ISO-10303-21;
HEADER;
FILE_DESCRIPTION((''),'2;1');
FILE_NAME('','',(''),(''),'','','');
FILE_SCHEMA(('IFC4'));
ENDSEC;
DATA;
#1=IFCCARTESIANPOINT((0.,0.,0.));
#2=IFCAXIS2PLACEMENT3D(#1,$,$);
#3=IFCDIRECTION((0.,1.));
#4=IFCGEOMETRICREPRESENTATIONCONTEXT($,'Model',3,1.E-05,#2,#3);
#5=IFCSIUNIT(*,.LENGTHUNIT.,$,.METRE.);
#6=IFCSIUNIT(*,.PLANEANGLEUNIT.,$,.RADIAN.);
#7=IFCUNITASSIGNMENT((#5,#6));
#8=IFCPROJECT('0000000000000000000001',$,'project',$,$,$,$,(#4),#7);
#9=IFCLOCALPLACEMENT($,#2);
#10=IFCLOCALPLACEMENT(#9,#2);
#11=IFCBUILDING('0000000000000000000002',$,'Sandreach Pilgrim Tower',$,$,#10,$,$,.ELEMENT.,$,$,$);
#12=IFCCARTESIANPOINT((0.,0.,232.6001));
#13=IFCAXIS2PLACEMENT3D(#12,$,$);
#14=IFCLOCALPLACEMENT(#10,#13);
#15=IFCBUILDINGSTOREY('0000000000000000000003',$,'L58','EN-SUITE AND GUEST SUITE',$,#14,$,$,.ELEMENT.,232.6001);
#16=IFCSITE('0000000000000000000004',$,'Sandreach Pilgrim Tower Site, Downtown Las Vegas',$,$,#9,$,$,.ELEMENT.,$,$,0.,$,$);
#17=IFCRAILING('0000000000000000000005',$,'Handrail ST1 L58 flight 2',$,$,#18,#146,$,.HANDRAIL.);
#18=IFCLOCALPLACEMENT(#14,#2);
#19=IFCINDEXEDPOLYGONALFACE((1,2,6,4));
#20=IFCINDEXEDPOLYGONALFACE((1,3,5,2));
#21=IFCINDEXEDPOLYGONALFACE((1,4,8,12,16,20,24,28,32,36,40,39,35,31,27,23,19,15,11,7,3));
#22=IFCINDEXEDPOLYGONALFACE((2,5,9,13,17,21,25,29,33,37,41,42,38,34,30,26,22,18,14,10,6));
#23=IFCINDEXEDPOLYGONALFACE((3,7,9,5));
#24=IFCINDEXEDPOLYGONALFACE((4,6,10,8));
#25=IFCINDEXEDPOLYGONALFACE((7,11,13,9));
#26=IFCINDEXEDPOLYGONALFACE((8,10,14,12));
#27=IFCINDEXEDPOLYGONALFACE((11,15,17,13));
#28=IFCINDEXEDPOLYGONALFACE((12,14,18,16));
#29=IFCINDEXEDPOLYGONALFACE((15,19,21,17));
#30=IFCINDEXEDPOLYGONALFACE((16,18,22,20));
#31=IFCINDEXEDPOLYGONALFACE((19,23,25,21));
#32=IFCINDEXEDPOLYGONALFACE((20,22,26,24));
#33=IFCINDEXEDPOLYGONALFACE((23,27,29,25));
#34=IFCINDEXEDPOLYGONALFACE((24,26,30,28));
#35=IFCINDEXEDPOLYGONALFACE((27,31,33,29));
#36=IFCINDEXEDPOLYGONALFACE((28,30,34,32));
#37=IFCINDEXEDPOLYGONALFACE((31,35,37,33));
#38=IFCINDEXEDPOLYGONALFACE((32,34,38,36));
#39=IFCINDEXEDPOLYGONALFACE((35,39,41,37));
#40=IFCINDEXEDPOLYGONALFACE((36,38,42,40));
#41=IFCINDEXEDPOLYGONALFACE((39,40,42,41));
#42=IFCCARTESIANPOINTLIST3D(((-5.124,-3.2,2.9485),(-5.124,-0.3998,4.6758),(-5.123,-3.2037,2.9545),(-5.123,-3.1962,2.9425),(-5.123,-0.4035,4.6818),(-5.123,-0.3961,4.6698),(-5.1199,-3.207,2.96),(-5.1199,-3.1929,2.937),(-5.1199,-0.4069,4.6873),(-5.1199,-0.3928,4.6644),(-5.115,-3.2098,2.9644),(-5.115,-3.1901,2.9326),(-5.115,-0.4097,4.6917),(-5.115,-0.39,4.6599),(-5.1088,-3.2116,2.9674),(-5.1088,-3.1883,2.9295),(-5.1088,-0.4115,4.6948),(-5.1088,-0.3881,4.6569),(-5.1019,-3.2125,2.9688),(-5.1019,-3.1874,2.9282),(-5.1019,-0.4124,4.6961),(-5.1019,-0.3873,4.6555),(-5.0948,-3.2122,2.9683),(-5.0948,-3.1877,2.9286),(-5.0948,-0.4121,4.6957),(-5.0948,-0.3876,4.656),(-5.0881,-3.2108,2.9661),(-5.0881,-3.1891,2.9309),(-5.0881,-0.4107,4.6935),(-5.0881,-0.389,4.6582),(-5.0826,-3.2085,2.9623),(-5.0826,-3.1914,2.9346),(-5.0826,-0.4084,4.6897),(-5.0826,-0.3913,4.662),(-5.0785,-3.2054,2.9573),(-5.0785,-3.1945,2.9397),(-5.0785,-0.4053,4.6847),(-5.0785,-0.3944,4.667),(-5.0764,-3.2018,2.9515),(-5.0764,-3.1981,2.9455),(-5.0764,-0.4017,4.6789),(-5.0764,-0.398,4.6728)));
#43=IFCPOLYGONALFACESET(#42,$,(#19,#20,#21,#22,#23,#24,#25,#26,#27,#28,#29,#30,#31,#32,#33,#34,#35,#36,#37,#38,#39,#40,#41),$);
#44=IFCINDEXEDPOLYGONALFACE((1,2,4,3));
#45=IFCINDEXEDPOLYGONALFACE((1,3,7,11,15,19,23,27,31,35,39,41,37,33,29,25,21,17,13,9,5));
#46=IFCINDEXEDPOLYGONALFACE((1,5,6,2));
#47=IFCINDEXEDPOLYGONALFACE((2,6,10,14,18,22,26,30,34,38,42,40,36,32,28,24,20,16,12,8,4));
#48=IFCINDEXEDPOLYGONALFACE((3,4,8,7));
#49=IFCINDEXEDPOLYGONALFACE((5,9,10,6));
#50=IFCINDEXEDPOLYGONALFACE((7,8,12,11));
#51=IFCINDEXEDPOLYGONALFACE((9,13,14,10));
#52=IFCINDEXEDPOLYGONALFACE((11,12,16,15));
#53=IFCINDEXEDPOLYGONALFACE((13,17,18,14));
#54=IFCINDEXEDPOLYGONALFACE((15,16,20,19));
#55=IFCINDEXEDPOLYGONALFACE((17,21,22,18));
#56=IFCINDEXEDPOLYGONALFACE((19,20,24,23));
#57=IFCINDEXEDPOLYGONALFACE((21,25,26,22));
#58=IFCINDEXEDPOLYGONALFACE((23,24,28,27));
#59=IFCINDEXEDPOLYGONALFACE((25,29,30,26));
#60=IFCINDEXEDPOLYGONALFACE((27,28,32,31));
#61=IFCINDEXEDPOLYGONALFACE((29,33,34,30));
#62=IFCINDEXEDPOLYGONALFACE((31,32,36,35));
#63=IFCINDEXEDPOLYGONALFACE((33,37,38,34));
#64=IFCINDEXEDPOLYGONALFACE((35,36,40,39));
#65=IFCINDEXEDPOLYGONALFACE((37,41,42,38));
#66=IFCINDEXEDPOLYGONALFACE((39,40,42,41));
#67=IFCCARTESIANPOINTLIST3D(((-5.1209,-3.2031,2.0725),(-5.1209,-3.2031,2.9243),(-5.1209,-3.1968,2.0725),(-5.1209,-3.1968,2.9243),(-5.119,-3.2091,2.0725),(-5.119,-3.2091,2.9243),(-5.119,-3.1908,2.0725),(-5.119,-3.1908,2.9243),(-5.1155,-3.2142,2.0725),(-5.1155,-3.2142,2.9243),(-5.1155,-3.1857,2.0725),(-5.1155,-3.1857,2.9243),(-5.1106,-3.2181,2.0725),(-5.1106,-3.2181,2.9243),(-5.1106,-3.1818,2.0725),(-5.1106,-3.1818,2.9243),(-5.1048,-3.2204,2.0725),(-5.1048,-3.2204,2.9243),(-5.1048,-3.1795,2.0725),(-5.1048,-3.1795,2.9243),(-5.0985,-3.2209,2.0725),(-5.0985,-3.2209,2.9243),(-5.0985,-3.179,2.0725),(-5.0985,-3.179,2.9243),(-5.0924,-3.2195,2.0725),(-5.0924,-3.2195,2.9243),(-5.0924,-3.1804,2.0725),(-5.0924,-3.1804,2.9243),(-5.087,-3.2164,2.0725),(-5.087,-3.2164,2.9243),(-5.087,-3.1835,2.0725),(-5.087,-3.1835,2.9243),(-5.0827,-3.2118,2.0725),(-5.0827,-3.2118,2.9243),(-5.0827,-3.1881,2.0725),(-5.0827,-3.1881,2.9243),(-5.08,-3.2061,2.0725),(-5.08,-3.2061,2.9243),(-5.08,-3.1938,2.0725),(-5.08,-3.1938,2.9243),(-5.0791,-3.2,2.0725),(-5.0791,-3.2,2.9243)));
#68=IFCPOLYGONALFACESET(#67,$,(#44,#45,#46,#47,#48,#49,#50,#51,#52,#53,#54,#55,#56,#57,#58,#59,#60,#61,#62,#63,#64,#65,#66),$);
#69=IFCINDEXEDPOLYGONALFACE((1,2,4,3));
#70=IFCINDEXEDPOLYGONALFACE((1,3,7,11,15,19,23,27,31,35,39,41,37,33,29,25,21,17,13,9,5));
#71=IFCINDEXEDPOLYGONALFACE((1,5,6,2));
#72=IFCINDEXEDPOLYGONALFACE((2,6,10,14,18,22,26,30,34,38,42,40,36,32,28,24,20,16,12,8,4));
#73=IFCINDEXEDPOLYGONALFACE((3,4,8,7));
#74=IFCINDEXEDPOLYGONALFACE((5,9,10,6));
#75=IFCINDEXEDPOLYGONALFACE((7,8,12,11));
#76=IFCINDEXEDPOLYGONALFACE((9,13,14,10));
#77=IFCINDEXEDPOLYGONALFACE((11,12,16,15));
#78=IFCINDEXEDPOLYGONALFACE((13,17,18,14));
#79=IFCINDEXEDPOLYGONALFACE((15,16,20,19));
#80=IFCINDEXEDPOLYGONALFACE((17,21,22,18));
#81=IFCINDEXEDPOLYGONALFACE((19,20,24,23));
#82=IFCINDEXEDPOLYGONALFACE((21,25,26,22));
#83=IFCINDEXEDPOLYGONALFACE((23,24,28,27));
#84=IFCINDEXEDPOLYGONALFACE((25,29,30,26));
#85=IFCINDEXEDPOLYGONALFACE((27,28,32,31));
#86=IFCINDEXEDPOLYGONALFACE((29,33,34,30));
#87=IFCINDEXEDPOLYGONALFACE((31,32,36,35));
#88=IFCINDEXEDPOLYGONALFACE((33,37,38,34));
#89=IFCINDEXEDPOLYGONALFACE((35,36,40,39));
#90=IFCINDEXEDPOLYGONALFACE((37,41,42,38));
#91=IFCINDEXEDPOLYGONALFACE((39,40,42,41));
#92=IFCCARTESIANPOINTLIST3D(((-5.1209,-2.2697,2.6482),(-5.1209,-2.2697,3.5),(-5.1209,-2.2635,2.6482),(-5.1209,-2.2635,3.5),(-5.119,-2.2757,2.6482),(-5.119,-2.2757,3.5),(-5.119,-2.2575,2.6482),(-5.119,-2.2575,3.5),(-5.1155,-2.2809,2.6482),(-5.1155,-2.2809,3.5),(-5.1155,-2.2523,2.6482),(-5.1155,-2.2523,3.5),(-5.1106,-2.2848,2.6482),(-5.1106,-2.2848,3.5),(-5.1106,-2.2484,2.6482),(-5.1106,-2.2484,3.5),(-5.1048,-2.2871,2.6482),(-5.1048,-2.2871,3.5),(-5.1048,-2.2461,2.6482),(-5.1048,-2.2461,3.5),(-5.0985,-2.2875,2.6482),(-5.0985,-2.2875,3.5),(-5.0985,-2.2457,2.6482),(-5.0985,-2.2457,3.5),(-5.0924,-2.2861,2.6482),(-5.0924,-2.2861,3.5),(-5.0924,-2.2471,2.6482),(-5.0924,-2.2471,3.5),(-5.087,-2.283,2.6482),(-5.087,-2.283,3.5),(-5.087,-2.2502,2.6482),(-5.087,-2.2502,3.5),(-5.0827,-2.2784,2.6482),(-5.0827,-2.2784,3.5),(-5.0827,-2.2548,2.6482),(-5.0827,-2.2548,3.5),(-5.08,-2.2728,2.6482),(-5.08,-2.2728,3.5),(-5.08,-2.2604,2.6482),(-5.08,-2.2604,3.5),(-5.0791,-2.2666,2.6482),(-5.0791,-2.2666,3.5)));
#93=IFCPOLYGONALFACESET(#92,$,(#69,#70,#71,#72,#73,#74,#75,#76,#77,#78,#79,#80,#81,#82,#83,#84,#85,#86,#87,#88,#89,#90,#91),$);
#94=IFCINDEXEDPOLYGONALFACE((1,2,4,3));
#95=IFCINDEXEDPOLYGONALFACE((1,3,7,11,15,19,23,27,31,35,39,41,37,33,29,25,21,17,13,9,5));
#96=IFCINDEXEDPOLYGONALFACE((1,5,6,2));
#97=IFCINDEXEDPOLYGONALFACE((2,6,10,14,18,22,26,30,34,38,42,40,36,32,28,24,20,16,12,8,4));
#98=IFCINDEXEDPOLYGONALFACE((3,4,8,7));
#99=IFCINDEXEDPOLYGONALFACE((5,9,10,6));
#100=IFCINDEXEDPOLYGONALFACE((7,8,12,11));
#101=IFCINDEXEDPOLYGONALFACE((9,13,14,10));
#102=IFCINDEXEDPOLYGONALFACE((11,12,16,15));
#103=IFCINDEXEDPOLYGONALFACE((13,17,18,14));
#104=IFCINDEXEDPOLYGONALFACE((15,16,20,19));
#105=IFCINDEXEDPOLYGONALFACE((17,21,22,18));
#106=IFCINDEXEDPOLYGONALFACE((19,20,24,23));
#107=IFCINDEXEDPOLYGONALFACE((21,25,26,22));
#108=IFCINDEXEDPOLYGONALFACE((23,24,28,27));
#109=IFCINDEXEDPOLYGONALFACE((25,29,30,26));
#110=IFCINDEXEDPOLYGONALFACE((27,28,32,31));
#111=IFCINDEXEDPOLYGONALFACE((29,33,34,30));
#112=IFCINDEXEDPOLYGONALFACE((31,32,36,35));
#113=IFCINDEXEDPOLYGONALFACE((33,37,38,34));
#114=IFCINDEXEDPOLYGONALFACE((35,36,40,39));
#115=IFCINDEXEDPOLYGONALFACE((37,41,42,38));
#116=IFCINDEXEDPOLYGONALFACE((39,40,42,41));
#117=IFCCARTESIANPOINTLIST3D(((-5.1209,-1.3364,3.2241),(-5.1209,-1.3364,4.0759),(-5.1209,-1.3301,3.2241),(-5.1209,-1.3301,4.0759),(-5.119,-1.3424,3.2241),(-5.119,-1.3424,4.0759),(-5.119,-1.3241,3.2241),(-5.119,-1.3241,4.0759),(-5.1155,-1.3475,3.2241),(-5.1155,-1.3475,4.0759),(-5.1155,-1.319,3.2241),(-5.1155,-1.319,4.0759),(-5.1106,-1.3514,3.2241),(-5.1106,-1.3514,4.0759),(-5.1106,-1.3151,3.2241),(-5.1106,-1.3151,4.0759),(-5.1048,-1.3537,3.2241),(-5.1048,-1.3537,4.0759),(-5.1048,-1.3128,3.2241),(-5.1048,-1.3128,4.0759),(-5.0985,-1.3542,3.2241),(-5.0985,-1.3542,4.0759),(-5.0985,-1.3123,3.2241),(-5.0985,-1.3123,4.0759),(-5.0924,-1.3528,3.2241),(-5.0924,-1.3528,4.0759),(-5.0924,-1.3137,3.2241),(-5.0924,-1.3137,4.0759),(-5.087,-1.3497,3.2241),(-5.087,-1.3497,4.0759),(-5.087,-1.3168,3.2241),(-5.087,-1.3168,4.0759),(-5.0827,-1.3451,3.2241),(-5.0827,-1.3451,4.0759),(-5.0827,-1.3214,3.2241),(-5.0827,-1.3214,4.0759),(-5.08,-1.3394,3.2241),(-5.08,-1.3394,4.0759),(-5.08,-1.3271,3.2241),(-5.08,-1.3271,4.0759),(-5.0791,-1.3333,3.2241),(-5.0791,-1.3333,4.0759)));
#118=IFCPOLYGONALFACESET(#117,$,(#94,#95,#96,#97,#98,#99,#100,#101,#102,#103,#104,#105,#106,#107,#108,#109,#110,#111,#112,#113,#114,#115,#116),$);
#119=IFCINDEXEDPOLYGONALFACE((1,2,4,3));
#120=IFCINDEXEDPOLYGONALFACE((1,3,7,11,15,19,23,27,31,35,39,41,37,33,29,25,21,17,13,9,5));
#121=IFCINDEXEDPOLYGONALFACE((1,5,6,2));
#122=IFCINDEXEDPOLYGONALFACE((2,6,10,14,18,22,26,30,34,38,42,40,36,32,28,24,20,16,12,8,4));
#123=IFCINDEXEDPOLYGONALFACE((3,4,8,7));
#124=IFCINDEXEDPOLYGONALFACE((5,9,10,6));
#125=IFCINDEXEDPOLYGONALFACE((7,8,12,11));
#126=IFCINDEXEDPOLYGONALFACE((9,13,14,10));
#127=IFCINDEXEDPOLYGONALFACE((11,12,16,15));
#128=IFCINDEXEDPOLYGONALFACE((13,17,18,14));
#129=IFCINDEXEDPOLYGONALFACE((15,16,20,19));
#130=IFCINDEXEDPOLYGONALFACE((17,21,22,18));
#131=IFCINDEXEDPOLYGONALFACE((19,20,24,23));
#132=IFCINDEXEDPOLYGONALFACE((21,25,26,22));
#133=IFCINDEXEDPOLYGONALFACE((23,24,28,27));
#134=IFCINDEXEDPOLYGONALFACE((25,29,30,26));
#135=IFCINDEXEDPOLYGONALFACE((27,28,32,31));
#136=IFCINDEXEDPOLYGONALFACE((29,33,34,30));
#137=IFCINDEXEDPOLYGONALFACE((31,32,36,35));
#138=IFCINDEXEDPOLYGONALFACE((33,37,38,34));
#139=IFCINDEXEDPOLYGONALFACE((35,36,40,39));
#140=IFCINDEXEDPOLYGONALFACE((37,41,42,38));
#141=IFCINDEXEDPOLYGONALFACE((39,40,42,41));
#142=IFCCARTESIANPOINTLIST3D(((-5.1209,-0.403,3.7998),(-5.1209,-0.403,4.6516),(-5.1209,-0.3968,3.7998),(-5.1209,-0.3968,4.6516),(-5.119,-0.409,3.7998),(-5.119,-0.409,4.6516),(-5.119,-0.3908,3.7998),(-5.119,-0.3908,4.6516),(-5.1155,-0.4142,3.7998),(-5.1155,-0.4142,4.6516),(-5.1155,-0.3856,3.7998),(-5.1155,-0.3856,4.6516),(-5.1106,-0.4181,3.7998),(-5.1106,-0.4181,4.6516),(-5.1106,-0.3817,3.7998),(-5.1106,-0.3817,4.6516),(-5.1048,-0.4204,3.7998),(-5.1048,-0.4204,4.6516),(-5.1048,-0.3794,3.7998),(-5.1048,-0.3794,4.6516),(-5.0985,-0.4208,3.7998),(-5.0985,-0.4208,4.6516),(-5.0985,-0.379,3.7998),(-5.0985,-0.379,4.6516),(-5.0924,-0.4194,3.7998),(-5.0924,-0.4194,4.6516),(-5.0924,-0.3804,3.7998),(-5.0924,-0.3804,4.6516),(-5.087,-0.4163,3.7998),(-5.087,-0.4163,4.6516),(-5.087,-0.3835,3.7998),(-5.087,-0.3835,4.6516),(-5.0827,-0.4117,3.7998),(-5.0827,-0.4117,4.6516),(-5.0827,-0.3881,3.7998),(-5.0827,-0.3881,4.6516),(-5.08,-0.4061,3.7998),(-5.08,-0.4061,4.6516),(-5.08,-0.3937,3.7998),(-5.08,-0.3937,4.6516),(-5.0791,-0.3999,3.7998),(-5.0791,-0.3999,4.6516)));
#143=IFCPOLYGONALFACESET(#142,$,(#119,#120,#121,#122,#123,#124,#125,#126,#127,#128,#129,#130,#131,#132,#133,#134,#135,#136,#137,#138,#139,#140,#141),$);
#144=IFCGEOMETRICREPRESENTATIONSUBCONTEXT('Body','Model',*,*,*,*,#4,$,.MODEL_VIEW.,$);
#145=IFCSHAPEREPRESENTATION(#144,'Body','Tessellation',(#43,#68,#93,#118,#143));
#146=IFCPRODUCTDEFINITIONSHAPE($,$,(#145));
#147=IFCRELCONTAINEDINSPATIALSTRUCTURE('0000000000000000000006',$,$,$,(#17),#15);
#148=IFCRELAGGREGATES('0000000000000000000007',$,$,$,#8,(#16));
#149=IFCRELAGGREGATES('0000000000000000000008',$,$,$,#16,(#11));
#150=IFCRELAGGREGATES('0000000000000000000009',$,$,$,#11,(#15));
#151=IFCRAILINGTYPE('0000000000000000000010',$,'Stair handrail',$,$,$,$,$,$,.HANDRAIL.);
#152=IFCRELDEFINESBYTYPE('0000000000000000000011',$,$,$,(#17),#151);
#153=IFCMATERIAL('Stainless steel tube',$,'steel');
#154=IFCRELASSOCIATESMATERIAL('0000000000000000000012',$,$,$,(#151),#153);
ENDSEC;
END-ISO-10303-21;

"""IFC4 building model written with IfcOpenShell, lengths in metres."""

from ifc_helpers import new_model, si_unit, direction, frame, origin, origin_2d, place, context, subcontext, project, spatial, circle, extrude, material, type_object, element, save


model = new_model("IFC4")

# Units and contexts
model_context = context("Model", 3, precision=1e-05, world=origin(), true_north=direction((0.0, 1.0)))
body_context = subcontext(model_context, "Body", "Model", "MODEL_VIEW")
ifc_project = project(units=[si_unit("LENGTHUNIT", "METRE"), si_unit("PLANEANGLEUNIT", "RADIAN")], contexts=[model_context])

# Site, building, storey
site_placement = place(None, origin())
site = spatial("IfcSite", under=ifc_project, at=site_placement, Name="Sandreach Pilgrim Tower Site, Downtown Las Vegas", CompositionType="ELEMENT", RefElevation=0.0)
building_placement = place(site_placement, origin())
building = spatial("IfcBuilding", under=site, at=building_placement, Name="Sandreach Pilgrim Tower", CompositionType="ELEMENT")
storey_placement = place(building_placement, frame((0.0, 0.0, 232.6001)))
storey = spatial("IfcBuildingStorey", under=building, at=storey_placement, Name="L58", Description="EN-SUITE AND GUEST SUITE", CompositionType="ELEMENT", Elevation=232.6001)

# Railing
ifc_material_1 = material(Name="Stainless steel tube", Category="steel")
railing_type = type_object("IfcRailingType", Name="Stair handrail", PredefinedType="HANDRAIL", material=ifc_material_1)
for number, where, name in (
    (1, (-5.1001, -3.2, 2.0725), "Handrail ST1 L58 flight 2"),
):
    element("IfcRailing", number, at=place(storey_placement, frame(where)), inside=storey, type_object=railing_type, Name=name, PredefinedType="HANDRAIL", context=body_context, shape_type="SweptSolid", body=[
        extrude(circle(Radius=0.0239, at=origin_2d()), frame((0.0, 0.0, 0.876), z_axis=(0.0, 0.85109, 0.52502), x_axis=(-1.0, 0.0, 0.0)), (0.0, 0.0, 1.0), 3.29),
        extrude(circle(Radius=0.021, at=origin_2d()), origin(), (0.0, 0.0, 1.0), 0.8518),
        extrude(circle(Radius=0.021, at=origin_2d()), frame((0.0, 0.9333, 0.5757)), (0.0, 0.0, 1.0), 0.8518),
        extrude(circle(Radius=0.021, at=origin_2d()), frame((0.0, 1.8667, 1.1516)), (0.0, 0.0, 1.0), 0.8518),
        extrude(circle(Radius=0.021, at=origin_2d()), frame((0.0, 2.8, 1.7273)), (0.0, 0.0, 1.0), 0.8518),
    ])

save(model, "model.ifc")
